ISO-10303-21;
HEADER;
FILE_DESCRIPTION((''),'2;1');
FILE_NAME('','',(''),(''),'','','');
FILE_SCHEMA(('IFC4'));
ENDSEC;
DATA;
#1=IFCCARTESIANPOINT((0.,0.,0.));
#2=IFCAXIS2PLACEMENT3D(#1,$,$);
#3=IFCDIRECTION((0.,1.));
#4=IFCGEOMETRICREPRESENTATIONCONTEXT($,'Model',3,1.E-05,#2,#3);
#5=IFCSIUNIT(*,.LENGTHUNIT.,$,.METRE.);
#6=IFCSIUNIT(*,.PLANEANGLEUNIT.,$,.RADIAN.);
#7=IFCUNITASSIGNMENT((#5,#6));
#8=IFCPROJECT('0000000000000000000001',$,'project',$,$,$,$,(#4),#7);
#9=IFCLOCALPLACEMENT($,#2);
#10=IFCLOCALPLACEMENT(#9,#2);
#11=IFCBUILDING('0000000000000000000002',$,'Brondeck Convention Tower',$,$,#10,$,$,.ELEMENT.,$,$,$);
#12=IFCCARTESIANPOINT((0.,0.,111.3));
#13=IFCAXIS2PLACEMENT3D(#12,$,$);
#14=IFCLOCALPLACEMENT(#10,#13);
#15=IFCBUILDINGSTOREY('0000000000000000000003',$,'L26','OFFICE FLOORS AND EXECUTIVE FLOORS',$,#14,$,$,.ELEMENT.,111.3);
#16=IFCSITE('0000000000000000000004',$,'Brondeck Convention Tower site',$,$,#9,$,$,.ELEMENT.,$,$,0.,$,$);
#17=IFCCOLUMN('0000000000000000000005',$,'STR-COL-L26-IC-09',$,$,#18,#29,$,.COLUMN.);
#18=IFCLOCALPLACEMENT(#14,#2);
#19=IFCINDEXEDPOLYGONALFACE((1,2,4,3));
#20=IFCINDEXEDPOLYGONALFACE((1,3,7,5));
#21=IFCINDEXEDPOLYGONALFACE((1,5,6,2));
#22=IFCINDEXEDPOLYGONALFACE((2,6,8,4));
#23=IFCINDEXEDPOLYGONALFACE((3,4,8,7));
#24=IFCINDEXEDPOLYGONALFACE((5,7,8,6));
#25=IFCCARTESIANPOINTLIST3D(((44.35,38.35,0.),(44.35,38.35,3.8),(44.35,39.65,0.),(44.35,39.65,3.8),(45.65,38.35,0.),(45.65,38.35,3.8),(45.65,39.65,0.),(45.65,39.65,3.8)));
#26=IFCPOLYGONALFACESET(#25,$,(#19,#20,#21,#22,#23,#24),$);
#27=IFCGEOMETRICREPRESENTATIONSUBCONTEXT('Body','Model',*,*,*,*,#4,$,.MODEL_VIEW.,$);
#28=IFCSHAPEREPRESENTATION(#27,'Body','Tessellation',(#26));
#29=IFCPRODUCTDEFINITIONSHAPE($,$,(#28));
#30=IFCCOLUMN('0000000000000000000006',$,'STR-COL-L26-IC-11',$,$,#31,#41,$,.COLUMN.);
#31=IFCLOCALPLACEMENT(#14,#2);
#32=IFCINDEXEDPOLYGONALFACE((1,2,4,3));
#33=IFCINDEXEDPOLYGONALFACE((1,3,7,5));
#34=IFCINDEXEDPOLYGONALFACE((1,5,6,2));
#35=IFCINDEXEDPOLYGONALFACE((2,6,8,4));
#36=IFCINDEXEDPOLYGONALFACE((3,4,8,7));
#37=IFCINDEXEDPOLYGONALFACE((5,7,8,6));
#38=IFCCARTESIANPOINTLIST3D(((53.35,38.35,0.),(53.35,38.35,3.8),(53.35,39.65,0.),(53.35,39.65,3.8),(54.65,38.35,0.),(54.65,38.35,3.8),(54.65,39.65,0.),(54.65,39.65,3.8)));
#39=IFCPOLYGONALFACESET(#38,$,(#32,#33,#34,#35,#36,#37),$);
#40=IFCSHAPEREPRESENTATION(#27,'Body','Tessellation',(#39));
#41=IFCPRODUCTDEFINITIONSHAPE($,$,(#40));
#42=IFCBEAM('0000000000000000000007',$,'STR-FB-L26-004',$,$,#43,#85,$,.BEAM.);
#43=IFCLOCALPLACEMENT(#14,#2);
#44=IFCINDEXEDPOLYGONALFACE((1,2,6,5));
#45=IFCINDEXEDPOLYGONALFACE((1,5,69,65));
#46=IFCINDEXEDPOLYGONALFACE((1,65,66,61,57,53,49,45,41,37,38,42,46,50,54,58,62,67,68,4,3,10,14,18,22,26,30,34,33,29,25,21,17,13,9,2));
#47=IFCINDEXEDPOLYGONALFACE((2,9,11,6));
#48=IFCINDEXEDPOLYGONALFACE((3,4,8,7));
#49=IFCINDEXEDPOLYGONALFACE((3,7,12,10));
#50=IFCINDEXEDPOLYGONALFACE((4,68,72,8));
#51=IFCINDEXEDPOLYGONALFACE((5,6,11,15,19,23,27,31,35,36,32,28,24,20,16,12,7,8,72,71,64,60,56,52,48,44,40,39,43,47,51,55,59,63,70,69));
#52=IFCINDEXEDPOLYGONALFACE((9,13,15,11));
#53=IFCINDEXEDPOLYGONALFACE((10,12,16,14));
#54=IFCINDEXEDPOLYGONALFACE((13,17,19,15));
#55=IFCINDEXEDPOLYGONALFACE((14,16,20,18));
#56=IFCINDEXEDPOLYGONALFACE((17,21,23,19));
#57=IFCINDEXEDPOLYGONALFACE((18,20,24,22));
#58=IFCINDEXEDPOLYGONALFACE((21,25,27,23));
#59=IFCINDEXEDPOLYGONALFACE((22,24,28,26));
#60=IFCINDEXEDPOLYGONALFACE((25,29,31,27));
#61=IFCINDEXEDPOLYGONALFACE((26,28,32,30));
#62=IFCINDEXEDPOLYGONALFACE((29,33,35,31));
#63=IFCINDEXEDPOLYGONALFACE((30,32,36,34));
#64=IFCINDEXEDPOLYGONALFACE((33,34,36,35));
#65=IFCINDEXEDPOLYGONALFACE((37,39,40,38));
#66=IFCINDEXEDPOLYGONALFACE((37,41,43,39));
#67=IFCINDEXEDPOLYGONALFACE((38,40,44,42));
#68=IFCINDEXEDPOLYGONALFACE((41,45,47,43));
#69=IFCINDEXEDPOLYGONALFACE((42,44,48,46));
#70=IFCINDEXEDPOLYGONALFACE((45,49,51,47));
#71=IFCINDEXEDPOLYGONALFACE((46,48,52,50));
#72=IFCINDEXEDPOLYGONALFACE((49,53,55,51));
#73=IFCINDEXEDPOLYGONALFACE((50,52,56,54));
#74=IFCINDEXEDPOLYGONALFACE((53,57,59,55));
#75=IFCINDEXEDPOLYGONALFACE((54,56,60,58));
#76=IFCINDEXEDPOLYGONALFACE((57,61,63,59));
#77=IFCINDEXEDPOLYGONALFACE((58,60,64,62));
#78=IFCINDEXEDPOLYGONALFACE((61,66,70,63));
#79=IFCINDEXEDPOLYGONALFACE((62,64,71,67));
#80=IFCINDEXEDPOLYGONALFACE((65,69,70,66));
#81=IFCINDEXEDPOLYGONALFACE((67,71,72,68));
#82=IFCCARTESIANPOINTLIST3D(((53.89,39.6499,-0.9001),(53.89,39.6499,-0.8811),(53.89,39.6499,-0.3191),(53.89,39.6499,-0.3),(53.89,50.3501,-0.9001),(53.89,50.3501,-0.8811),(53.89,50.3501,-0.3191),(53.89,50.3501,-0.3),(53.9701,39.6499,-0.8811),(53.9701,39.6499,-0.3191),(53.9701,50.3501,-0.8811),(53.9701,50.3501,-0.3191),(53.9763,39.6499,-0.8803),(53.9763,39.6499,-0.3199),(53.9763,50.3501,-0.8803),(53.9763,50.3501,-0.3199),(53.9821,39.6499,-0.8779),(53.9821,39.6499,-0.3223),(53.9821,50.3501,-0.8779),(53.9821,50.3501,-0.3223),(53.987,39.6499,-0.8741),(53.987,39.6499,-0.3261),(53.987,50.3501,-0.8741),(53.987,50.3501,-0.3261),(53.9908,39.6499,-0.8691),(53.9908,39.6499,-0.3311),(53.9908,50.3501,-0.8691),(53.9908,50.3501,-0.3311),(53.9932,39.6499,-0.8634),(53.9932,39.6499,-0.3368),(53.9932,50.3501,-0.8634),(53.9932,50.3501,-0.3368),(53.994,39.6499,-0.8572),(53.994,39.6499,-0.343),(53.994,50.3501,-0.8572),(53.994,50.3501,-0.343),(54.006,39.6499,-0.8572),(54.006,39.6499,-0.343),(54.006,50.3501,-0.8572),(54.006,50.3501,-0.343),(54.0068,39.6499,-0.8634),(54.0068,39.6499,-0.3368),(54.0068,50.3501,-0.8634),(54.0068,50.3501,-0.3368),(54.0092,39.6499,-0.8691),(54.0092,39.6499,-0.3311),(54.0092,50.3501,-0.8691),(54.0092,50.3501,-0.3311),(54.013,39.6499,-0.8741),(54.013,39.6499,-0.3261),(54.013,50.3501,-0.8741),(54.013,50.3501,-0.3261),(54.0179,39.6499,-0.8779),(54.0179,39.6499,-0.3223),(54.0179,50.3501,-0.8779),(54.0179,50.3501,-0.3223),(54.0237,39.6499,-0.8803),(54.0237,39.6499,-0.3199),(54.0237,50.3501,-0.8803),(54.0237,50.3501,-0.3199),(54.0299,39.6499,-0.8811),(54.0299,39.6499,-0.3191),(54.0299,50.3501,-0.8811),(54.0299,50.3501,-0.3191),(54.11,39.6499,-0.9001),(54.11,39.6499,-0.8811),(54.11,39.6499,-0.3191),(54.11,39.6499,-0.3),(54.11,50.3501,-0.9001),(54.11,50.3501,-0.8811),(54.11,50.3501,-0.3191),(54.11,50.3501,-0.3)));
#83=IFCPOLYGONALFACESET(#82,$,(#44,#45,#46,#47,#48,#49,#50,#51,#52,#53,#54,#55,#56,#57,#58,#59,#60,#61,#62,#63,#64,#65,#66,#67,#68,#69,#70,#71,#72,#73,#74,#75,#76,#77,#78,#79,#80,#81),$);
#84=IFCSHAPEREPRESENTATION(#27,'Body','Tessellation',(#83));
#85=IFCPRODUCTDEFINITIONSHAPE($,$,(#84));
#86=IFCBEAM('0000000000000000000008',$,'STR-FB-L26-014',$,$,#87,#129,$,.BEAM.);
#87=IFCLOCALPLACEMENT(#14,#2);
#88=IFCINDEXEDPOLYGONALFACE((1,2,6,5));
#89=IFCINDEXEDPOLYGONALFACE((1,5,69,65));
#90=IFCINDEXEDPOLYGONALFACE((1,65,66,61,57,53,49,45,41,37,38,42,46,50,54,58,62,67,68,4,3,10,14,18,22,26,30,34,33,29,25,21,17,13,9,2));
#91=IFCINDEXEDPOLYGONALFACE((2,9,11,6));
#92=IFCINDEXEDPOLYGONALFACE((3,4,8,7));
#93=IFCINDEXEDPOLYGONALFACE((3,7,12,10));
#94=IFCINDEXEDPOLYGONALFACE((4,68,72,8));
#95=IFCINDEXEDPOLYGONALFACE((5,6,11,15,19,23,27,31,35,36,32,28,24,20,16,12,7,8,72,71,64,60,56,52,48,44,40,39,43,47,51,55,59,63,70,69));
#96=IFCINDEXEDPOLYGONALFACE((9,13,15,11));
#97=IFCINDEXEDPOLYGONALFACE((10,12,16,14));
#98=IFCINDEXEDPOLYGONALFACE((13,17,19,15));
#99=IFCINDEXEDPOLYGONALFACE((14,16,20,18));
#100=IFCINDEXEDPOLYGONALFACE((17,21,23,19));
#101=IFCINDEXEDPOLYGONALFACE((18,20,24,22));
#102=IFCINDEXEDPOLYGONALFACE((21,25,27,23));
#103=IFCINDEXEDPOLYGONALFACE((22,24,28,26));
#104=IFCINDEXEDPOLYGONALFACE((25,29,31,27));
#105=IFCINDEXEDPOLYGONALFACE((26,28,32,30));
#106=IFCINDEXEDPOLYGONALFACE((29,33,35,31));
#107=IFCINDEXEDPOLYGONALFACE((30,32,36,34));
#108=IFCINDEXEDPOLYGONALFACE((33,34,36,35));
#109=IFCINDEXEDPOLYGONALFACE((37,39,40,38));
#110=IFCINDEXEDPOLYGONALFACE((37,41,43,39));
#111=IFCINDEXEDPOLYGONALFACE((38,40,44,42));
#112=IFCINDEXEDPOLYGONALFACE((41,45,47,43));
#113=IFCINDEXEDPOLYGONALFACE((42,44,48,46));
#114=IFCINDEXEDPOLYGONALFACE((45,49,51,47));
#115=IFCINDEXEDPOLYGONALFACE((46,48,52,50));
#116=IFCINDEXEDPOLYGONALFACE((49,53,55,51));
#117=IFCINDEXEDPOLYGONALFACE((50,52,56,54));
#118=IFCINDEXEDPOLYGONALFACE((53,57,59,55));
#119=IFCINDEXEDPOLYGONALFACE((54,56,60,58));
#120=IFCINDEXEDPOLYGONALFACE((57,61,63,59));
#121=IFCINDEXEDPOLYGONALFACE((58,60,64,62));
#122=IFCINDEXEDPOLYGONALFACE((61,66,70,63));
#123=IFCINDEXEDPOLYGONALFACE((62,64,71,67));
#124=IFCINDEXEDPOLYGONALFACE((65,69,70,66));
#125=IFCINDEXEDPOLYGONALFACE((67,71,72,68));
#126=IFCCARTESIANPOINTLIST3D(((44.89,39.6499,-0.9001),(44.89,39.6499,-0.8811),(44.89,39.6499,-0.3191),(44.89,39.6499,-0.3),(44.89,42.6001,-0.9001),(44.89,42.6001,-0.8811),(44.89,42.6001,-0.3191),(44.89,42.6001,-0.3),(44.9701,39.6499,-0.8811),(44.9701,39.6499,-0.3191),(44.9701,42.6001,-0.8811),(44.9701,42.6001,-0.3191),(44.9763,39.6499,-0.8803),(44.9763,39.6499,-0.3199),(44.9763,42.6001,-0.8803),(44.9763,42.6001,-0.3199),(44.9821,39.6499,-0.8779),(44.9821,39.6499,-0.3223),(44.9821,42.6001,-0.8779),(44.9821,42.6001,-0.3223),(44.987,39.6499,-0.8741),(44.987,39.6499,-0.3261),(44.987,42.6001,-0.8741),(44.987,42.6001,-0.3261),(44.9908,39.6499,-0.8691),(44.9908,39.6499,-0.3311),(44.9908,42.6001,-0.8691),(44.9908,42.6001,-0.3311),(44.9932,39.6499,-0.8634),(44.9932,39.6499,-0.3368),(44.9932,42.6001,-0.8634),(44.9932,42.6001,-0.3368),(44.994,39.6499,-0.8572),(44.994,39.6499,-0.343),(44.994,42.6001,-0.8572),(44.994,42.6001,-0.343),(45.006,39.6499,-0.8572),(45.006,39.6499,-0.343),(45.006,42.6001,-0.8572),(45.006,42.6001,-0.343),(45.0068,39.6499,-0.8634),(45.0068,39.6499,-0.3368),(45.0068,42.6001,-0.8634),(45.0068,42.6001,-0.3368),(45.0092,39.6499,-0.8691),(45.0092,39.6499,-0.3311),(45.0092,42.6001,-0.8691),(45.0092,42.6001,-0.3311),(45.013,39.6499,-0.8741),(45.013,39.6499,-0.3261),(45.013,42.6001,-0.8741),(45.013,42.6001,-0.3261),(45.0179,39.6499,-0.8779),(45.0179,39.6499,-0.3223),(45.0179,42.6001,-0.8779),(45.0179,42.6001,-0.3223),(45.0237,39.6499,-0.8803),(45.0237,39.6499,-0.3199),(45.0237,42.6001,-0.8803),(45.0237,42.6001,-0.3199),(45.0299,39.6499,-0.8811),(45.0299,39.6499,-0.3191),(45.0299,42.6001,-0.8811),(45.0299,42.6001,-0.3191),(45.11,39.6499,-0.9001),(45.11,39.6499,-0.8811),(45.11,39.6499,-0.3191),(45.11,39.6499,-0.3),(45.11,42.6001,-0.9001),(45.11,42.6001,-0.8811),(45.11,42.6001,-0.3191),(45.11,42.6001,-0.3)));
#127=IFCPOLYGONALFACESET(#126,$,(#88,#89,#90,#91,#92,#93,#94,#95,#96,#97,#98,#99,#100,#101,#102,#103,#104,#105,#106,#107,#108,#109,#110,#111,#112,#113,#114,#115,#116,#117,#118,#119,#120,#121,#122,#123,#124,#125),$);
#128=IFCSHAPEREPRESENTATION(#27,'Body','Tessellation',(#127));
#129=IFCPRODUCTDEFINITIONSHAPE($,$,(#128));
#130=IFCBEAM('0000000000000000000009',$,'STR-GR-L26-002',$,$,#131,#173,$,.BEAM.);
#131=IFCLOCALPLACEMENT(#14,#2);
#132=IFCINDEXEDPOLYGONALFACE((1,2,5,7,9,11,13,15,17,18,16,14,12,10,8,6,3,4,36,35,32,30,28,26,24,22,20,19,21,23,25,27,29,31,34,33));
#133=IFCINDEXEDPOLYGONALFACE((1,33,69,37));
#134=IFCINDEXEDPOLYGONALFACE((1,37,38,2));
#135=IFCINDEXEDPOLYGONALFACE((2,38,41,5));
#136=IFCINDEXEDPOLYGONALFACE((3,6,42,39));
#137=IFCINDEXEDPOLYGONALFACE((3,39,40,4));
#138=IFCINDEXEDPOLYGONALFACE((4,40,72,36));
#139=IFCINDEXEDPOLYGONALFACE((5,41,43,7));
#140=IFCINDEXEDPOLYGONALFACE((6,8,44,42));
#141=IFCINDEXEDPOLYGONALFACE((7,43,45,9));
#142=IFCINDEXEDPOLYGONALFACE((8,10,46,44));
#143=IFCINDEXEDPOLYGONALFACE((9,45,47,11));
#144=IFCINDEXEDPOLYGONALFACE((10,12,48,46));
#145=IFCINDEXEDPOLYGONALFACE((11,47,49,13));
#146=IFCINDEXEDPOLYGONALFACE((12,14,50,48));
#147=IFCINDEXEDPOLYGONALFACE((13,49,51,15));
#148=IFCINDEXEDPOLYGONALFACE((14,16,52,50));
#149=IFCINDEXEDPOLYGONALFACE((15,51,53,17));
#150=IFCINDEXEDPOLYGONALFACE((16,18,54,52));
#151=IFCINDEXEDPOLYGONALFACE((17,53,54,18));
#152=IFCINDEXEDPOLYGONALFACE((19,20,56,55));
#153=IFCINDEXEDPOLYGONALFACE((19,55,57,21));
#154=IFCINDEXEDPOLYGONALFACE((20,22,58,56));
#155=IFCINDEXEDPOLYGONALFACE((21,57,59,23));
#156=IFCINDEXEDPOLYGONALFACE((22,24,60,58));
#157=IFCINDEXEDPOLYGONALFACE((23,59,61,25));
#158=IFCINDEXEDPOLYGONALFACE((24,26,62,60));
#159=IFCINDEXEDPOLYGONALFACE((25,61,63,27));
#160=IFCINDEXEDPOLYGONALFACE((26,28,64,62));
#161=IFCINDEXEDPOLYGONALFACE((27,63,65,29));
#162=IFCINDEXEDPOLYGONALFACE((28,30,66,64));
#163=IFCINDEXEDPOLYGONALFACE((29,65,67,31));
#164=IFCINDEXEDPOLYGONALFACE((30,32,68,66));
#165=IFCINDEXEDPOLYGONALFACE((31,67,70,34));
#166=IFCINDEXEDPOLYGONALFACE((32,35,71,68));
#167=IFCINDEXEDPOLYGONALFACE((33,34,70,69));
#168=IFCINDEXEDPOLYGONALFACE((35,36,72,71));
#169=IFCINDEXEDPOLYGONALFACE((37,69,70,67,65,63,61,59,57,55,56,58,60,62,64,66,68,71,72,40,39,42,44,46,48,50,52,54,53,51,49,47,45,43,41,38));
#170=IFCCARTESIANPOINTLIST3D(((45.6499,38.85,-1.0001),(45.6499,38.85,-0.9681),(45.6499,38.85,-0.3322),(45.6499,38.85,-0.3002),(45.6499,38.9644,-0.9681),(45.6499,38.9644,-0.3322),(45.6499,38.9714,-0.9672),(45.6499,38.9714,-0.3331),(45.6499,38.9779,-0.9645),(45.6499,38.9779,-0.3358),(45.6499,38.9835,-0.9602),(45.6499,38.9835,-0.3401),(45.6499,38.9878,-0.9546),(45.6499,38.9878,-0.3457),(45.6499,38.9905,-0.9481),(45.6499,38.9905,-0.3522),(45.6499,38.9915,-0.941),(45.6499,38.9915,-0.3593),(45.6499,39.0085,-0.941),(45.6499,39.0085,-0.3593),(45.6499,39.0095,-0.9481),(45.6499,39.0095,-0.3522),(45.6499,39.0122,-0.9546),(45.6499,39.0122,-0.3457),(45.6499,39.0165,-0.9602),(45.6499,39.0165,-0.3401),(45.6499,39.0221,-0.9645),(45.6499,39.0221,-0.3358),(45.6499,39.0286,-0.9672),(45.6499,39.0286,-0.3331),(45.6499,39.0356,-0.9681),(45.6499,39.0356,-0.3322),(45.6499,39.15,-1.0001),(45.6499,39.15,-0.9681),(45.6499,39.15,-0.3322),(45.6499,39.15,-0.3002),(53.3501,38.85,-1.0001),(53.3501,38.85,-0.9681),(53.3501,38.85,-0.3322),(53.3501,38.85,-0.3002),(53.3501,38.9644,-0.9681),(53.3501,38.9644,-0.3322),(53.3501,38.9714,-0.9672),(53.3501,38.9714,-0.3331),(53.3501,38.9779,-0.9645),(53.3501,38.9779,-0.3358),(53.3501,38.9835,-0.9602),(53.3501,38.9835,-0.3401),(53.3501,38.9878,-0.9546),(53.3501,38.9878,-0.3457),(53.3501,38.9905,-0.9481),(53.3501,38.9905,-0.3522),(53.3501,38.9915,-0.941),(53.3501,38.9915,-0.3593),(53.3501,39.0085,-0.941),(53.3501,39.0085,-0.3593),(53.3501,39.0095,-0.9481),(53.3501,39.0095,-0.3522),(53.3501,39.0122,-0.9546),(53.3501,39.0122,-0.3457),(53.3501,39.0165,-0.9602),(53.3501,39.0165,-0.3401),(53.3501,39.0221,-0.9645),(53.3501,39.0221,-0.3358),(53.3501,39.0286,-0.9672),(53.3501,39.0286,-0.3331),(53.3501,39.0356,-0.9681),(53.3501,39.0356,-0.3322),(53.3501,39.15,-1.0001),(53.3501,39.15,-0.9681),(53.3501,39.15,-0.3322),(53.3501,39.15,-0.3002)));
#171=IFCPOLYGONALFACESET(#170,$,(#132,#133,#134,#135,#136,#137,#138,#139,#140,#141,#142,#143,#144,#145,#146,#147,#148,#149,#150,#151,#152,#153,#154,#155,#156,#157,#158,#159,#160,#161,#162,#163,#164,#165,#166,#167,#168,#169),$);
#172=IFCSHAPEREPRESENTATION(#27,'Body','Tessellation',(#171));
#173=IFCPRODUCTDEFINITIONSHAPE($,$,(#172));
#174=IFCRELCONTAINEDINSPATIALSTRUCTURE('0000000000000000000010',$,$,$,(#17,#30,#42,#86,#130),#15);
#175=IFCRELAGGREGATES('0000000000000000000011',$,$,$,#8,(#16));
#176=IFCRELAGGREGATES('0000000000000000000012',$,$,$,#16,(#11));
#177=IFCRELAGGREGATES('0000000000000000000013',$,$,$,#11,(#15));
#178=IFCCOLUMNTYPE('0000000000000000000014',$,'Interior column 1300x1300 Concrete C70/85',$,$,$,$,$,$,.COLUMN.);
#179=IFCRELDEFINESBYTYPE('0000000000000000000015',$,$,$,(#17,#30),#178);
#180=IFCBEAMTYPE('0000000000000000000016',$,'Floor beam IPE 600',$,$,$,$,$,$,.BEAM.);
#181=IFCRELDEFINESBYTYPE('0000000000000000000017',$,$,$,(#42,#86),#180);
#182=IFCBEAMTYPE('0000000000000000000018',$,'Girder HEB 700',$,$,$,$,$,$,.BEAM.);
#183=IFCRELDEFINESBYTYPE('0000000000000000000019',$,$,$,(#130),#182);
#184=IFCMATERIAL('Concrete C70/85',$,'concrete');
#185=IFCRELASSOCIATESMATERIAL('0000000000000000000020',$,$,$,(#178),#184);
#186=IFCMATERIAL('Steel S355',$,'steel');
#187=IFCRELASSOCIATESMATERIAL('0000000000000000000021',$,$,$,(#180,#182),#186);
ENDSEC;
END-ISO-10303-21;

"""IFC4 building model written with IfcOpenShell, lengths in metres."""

from ifc_helpers import new_model, si_unit, direction, frame, origin, origin_2d, place, context, subcontext, project, spatial, rectangle, i_section, extrude, material, material_profile, profile_set, type_object, element, save


model = new_model("IFC4")

# Units and contexts
model_context = context("Model", 3, precision=1e-05, world=origin(), true_north=direction((0.0, 1.0)))
body_context = subcontext(model_context, "Body", "Model", "MODEL_VIEW")
ifc_project = project(units=[si_unit("LENGTHUNIT", "METRE"), si_unit("PLANEANGLEUNIT", "RADIAN")], contexts=[model_context])

# Site, building, storey
site_placement = place(None, origin())
site = spatial("IfcSite", under=ifc_project, at=site_placement, Name="Brondeck Convention Tower site", CompositionType="ELEMENT", RefElevation=0.0)
building_placement = place(site_placement, origin())
building = spatial("IfcBuilding", under=site, at=building_placement, Name="Brondeck Convention Tower", CompositionType="ELEMENT")
storey_placement = place(building_placement, frame((0.0, 0.0, 111.3)))
storey = spatial("IfcBuildingStorey", under=building, at=storey_placement, Name="L26", Description="OFFICE FLOORS AND EXECUTIVE FLOORS", CompositionType="ELEMENT", Elevation=111.3)

# Columns
ifc_material_1 = material(Name="Concrete C70/85", Category="concrete")
ifc_material_profile_1 = material_profile(ifc_material_1, rectangle(XDim=1.3, YDim=1.3, at=origin_2d()), Name="Interior column 1300x1300 Concrete C70/85")
ifc_profile_set_1 = profile_set([ifc_material_profile_1], Name="Concrete C70/85")
column_type = type_object("IfcColumnType", Name="Interior column 1300x1300 Concrete C70/85", PredefinedType="COLUMN", material=ifc_profile_set_1)
for number, where, z_axis, x_axis, name in (
    (1, (45.0, 39.0, 0.0), (0.0, 0.0, 1.0), (1.0, 0.0, 0.0), "STR-COL-L26-IC-09"),
    (2, (54.0, 39.0, 0.0), (0.0, 0.0, 1.0), (1.0, 0.0, 0.0), "STR-COL-L26-IC-11"),
):
    element("IfcColumn", number, at=place(storey_placement, frame(where, z_axis=z_axis, x_axis=x_axis)), inside=storey, type_object=column_type, Name=name, PredefinedType="COLUMN", context=body_context, shape_type="SweptSolid", body=[
        extrude(rectangle(XDim=1.3, YDim=1.3, at=origin_2d()), origin(), (0.0, 0.0, 1.0), 3.8),
    ])

# Beams
ifc_material_2 = material(Name="Steel S355", Category="steel")
ifc_material_profile_2 = material_profile(ifc_material_2, i_section(OverallWidth=0.22, OverallDepth=0.6001, WebThickness=0.012, FlangeThickness=0.019, FilletRadius=0.0239, at=origin_2d()), Name="IPE 600")
ifc_profile_set_2 = profile_set([ifc_material_profile_2], Name="Steel S355")
beam_type_1 = type_object("IfcBeamType", Name="Floor beam IPE 600", PredefinedType="BEAM", material=ifc_profile_set_2)
beam_1_placement = place(storey_placement, frame((54.0, 39.6499, -0.6001), z_axis=(0.0, 1.0, 0.0), x_axis=(-1.0, 0.0, 0.0)))
element("IfcBeam", 3, at=beam_1_placement, inside=storey, type_object=beam_type_1, Name="STR-FB-L26-004", PredefinedType="BEAM", context=body_context, shape_type="SweptSolid", body=[
    extrude(i_section(OverallWidth=0.22, OverallDepth=0.6001, WebThickness=0.012, FlangeThickness=0.019, FilletRadius=0.0239, at=origin_2d()), origin(), (0.0, 0.0, 1.0), 10.7002),
])
beam_2_placement = place(storey_placement, frame((45.0, 39.6499, -0.6001), z_axis=(0.0, 1.0, 0.0), x_axis=(-1.0, 0.0, 0.0)))
element("IfcBeam", 4, at=beam_2_placement, inside=storey, type_object=beam_type_1, Name="STR-FB-L26-014", PredefinedType="BEAM", context=body_context, shape_type="SweptSolid", body=[
    extrude(i_section(OverallWidth=0.22, OverallDepth=0.6001, WebThickness=0.012, FlangeThickness=0.019, FilletRadius=0.0239, at=origin_2d()), origin(), (0.0, 0.0, 1.0), 2.9502),
])
ifc_material_profile_3 = material_profile(ifc_material_2, i_section(OverallWidth=0.3, OverallDepth=0.7, WebThickness=0.0171, FlangeThickness=0.032, FilletRadius=0.0271, at=origin_2d()), Name="HEB 700")
ifc_profile_set_3 = profile_set([ifc_material_profile_3], Name="Steel S355")
beam_type_2 = type_object("IfcBeamType", Name="Girder HEB 700", PredefinedType="BEAM", material=ifc_profile_set_3)
for number, where, z_axis, x_axis, name in (
    (5, (45.6499, 39.0, -0.6501), (1.0, 0.0, 0.0), (0.0, 1.0, 0.0), "STR-GR-L26-002"),
):
    element("IfcBeam", number, at=place(storey_placement, frame(where, z_axis=z_axis, x_axis=x_axis)), inside=storey, type_object=beam_type_2, Name=name, PredefinedType="BEAM", context=body_context, shape_type="SweptSolid", body=[
        extrude(i_section(OverallWidth=0.3, OverallDepth=0.7, WebThickness=0.0171, FlangeThickness=0.032, FilletRadius=0.0271, at=origin_2d()), origin(), (0.0, 0.0, 1.0), 7.7002),
    ])

save(model, "model.ifc")
